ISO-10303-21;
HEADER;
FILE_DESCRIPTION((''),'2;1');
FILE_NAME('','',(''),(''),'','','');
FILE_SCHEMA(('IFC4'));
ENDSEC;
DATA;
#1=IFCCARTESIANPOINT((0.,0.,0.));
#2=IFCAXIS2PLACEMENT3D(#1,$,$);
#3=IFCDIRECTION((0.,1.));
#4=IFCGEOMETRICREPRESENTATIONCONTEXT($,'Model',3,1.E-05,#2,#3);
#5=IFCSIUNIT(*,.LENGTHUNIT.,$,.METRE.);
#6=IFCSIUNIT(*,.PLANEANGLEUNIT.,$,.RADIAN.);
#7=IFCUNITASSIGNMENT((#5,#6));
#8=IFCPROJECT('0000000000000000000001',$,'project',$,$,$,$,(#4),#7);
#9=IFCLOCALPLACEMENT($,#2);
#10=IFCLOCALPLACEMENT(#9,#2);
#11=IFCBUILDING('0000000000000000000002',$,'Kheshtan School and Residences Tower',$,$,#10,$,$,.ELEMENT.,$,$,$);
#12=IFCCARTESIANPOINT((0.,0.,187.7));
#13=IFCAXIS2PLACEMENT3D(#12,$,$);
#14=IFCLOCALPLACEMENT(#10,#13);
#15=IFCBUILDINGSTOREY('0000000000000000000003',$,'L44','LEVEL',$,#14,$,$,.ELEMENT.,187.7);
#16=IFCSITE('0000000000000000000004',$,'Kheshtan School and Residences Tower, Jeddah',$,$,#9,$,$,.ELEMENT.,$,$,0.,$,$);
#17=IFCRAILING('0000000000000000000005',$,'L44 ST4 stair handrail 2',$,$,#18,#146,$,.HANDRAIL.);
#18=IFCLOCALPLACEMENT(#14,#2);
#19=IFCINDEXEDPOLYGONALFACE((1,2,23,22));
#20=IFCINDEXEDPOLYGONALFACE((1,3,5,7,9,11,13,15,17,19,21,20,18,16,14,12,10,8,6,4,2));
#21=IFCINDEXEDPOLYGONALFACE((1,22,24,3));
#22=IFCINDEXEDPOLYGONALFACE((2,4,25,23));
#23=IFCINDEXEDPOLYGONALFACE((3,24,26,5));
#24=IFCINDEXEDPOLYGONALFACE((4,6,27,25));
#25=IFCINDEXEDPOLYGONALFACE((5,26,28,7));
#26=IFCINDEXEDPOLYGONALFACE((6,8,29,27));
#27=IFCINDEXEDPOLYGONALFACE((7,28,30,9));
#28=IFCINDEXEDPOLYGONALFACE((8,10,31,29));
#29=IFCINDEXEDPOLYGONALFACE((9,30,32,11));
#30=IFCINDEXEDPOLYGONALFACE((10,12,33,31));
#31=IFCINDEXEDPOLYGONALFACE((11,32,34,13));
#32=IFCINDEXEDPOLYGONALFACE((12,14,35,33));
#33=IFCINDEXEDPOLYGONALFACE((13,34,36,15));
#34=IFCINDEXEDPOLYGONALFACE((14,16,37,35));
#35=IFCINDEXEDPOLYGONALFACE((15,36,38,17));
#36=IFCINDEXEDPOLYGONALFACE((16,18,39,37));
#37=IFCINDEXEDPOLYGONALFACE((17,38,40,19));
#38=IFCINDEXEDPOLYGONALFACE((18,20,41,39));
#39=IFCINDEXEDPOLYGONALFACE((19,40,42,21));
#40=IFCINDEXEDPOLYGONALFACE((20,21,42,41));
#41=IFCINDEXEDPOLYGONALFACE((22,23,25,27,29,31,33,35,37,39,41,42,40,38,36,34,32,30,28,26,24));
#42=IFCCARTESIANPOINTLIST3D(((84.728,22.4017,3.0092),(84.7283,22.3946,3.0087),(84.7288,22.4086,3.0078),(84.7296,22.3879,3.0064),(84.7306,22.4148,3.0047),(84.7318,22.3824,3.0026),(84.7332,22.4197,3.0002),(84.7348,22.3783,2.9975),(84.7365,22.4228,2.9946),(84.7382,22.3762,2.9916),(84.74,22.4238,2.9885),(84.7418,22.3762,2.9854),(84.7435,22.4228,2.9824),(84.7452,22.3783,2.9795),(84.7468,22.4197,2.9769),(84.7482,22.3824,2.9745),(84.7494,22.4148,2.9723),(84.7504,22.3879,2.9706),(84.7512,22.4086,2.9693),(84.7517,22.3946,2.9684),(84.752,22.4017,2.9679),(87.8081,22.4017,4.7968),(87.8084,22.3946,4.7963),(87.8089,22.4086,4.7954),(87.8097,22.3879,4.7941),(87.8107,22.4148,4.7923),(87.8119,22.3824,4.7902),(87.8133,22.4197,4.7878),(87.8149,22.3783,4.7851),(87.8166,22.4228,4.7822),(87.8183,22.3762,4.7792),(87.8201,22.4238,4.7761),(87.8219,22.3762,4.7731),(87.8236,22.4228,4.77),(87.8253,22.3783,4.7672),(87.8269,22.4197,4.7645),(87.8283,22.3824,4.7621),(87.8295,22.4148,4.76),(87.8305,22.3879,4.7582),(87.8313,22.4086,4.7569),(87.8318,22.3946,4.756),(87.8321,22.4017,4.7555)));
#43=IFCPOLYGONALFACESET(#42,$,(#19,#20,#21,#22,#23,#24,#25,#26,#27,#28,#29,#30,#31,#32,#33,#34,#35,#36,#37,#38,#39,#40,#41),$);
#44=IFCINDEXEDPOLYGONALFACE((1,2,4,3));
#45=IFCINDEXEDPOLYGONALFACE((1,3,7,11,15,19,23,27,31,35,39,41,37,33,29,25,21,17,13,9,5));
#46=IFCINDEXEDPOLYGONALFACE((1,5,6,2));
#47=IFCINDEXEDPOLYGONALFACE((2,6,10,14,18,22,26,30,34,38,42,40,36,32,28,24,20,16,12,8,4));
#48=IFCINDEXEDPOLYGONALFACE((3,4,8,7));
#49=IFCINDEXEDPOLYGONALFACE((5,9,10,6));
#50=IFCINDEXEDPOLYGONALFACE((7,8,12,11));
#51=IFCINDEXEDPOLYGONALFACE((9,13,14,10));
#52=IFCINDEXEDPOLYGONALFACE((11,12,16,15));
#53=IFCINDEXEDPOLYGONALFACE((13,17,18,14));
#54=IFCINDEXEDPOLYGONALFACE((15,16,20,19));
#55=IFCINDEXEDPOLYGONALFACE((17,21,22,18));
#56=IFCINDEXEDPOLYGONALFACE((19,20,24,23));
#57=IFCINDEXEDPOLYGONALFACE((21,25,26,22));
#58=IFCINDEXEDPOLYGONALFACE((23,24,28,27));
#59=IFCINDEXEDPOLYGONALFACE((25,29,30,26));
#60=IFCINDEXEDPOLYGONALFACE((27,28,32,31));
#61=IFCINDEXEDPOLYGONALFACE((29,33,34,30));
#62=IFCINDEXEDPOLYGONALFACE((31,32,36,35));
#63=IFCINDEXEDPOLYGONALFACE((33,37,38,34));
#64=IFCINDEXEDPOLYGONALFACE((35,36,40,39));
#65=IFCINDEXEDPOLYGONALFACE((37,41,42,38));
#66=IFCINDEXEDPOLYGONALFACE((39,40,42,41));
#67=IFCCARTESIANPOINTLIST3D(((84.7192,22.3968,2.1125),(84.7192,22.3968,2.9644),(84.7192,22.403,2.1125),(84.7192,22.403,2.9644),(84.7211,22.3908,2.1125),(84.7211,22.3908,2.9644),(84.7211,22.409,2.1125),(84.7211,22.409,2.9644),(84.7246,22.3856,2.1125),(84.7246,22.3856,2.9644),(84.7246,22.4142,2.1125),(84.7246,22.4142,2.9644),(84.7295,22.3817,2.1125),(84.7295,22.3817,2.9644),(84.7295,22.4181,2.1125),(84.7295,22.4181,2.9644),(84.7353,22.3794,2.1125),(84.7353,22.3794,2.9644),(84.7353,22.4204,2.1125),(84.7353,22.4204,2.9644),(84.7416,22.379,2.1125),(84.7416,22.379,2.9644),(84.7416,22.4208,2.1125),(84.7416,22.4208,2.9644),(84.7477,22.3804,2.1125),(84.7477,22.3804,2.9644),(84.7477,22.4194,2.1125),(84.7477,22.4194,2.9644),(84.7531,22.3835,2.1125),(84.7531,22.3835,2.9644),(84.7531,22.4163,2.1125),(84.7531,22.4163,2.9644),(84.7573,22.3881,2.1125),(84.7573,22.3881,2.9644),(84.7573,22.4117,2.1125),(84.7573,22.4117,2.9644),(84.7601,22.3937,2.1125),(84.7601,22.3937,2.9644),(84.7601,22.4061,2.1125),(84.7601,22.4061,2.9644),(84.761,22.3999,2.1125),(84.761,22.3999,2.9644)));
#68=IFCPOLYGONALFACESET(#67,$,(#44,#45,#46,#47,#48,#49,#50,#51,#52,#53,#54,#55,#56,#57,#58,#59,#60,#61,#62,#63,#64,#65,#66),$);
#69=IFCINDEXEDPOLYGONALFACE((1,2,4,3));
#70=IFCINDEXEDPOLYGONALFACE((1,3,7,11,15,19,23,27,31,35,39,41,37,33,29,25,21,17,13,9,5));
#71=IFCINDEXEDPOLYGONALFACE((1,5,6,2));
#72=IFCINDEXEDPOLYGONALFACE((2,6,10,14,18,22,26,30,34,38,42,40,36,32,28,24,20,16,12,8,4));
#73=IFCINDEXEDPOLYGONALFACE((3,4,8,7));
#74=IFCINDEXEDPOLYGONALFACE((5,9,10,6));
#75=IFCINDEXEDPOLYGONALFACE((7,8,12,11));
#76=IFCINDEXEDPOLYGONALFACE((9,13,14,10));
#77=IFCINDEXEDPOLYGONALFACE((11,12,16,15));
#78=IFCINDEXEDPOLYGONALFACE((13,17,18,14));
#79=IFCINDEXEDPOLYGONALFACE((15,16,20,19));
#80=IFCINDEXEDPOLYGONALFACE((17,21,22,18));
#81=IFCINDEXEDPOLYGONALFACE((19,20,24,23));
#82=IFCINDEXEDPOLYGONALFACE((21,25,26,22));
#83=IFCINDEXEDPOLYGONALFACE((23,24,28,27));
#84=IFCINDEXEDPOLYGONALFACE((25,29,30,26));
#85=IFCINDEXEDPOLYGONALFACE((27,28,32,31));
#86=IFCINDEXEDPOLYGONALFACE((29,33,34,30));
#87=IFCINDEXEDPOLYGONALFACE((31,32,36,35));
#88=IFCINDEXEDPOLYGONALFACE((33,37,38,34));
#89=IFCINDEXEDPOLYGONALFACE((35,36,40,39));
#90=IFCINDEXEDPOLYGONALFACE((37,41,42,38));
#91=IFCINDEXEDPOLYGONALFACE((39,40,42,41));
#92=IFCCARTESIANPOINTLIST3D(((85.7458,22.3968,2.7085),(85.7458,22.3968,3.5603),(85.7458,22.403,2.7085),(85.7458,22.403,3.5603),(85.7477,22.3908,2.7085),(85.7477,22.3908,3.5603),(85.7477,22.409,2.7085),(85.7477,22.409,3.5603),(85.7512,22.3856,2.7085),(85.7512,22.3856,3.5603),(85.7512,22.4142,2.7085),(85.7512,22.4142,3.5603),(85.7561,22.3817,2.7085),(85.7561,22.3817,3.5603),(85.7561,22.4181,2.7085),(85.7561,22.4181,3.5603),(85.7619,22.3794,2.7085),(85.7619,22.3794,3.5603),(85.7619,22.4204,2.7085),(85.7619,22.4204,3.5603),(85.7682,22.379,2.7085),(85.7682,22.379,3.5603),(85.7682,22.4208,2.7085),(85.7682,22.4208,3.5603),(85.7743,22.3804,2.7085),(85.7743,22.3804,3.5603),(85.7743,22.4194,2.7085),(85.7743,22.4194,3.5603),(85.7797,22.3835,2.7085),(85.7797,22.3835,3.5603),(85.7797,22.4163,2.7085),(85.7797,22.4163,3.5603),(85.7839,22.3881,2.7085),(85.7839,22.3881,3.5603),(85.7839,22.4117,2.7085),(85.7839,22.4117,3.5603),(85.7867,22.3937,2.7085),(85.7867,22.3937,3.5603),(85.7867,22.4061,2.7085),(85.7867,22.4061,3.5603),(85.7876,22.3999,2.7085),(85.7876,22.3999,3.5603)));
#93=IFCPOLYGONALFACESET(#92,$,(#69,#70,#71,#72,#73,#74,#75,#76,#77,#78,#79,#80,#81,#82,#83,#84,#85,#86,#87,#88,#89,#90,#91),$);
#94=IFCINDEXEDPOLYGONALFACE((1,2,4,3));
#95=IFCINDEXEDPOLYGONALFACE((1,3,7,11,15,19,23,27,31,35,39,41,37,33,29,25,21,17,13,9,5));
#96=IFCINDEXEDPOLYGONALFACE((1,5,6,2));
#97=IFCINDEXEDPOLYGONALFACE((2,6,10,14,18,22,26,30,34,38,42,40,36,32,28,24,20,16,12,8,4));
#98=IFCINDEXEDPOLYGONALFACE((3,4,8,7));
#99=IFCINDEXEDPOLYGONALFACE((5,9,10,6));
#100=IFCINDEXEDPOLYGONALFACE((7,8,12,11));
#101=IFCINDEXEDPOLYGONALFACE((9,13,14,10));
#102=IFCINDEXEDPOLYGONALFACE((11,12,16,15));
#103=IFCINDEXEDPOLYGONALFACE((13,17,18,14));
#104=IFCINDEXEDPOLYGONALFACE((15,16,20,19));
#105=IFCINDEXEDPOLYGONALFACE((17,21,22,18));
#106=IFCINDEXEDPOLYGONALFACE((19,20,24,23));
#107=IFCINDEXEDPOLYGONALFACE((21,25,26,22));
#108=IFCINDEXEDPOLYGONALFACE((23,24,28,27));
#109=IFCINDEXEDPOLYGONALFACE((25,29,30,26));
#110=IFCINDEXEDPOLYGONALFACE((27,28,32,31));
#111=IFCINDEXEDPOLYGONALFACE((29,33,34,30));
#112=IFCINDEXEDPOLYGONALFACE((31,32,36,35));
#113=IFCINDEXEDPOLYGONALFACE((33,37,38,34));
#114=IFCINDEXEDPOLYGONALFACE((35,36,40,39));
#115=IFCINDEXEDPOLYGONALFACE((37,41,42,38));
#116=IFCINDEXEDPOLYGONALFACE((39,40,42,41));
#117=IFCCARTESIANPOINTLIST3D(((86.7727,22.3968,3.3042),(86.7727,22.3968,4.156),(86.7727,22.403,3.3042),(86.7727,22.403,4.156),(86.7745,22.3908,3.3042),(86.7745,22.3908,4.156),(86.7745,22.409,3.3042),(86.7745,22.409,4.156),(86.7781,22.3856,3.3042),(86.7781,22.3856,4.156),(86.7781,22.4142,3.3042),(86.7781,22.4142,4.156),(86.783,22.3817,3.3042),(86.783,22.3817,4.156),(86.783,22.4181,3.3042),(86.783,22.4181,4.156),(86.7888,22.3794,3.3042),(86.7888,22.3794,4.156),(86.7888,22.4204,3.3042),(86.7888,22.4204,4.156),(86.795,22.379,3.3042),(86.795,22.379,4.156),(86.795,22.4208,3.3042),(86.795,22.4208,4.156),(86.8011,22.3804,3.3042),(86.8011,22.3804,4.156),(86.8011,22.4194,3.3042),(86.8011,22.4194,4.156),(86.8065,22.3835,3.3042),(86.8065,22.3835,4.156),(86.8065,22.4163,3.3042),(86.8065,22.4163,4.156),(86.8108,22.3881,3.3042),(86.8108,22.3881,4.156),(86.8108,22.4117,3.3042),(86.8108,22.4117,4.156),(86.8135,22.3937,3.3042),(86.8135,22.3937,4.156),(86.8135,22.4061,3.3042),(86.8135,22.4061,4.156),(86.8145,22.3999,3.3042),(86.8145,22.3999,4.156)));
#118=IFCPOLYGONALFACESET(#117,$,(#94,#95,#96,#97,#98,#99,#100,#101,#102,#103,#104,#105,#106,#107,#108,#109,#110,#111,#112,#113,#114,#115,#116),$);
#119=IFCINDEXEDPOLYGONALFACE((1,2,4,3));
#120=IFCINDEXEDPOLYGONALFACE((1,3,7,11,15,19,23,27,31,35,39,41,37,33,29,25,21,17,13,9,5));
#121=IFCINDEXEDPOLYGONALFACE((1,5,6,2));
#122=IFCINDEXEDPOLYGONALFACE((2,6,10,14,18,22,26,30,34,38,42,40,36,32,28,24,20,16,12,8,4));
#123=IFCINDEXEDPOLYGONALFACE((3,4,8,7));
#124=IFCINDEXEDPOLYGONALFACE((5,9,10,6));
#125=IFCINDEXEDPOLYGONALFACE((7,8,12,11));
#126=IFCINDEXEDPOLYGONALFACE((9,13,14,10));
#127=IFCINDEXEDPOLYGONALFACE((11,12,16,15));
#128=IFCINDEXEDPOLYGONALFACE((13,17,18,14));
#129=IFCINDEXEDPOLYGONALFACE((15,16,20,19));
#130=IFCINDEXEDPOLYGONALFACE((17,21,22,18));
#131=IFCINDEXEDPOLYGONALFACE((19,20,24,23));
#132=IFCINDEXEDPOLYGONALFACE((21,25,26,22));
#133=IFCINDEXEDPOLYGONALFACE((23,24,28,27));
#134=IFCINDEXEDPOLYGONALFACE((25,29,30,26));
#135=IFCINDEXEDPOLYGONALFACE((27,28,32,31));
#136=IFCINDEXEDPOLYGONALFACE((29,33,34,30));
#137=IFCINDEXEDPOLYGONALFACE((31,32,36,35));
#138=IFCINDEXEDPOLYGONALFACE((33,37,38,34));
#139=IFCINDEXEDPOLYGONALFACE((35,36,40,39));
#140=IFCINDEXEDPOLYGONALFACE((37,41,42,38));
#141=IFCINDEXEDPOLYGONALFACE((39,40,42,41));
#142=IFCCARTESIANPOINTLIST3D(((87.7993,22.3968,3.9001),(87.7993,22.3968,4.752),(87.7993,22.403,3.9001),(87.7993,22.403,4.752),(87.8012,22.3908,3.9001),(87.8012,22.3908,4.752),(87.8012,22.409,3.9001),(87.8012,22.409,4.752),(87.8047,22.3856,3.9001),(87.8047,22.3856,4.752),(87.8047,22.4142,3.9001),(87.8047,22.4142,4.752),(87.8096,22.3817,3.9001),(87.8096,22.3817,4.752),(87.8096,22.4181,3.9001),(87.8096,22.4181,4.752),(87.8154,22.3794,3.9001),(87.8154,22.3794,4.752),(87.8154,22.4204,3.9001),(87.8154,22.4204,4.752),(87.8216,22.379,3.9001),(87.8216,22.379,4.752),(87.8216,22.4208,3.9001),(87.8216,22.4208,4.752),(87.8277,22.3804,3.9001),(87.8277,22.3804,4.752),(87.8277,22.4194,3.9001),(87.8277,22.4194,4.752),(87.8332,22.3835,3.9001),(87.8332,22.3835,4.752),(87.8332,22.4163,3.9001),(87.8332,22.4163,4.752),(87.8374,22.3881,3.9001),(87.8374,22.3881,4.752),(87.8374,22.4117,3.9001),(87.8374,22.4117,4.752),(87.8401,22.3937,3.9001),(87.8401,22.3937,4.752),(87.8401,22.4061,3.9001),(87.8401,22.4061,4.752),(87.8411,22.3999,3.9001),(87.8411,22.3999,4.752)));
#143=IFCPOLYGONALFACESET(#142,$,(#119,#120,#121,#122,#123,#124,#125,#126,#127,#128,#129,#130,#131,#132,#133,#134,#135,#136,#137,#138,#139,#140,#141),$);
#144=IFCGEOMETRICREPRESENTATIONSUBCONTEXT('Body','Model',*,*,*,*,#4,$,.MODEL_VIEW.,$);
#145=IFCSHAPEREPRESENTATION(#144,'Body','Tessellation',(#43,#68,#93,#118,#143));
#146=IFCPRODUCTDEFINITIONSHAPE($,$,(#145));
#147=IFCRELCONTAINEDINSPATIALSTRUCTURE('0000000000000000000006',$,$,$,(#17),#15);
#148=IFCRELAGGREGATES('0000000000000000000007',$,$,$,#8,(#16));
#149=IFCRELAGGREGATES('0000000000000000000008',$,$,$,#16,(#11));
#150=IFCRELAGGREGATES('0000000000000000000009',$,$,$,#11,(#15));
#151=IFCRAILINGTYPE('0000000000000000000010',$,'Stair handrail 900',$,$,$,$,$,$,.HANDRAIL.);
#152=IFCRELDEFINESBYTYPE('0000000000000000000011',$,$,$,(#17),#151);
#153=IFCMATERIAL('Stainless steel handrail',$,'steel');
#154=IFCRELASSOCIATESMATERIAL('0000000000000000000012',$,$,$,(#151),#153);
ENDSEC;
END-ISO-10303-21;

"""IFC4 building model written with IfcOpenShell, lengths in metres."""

from ifc_helpers import new_model, si_unit, direction, frame, origin, origin_2d, place, context, subcontext, project, spatial, circle, extrude, material, type_object, element, save


model = new_model("IFC4")

# Units and contexts
model_context = context("Model", 3, precision=1e-05, world=origin(), true_north=direction((0.0, 1.0)))
body_context = subcontext(model_context, "Body", "Model", "MODEL_VIEW")
ifc_project = project(units=[si_unit("LENGTHUNIT", "METRE"), si_unit("PLANEANGLEUNIT", "RADIAN")], contexts=[model_context])

# Site, building, storey
site_placement = place(None, origin())
site = spatial("IfcSite", under=ifc_project, at=site_placement, Name="Kheshtan School and Residences Tower, Jeddah", CompositionType="ELEMENT", RefElevation=0.0)
building_placement = place(site_placement, origin())
building = spatial("IfcBuilding", under=site, at=building_placement, Name="Kheshtan School and Residences Tower", CompositionType="ELEMENT")
storey_placement = place(building_placement, frame((0.0, 0.0, 187.7)))
storey = spatial("IfcBuildingStorey", under=building, at=storey_placement, Name="L44", Description="LEVEL", CompositionType="ELEMENT", Elevation=187.7)

# Railing
ifc_material_1 = material(Name="Stainless steel handrail", Category="steel")
railing_type_1 = type_object("IfcRailingType", Name="Stair handrail 900", PredefinedType="HANDRAIL", material=ifc_material_1)
railing_1_placement = place(storey_placement, frame((84.74, 22.3999, 2.1125)))
element("IfcRailing", 1, at=railing_1_placement, inside=storey, type_object=railing_type_1, Name="L44 ST4 stair handrail 2", PredefinedType="HANDRAIL", context=body_context, shape_type="SweptSolid", body=[
    extrude(circle(Radius=0.0239, at=origin_2d()), frame((0.0, 0.0, 0.876), z_axis=(0.864891, 0.0, 0.50196), x_axis=(0.0, 1.0, 0.0)), (0.0, 0.0, 1.0), 3.5613),
    extrude(circle(Radius=0.021, at=origin_2d()), origin(), (0.0, 0.0, 1.0), 0.8518),
    extrude(circle(Radius=0.021, at=origin_2d()), frame((1.0266, 0.0, 0.5959)), (0.0, 0.0, 1.0), 0.8518),
    extrude(circle(Radius=0.021, at=origin_2d()), frame((2.0535, 0.0, 1.1917)), (0.0, 0.0, 1.0), 0.8518),
    extrude(circle(Radius=0.021, at=origin_2d()), frame((3.0801, 0.0, 1.7876)), (0.0, 0.0, 1.0), 0.8518),
])

save(model, "model.ifc")
